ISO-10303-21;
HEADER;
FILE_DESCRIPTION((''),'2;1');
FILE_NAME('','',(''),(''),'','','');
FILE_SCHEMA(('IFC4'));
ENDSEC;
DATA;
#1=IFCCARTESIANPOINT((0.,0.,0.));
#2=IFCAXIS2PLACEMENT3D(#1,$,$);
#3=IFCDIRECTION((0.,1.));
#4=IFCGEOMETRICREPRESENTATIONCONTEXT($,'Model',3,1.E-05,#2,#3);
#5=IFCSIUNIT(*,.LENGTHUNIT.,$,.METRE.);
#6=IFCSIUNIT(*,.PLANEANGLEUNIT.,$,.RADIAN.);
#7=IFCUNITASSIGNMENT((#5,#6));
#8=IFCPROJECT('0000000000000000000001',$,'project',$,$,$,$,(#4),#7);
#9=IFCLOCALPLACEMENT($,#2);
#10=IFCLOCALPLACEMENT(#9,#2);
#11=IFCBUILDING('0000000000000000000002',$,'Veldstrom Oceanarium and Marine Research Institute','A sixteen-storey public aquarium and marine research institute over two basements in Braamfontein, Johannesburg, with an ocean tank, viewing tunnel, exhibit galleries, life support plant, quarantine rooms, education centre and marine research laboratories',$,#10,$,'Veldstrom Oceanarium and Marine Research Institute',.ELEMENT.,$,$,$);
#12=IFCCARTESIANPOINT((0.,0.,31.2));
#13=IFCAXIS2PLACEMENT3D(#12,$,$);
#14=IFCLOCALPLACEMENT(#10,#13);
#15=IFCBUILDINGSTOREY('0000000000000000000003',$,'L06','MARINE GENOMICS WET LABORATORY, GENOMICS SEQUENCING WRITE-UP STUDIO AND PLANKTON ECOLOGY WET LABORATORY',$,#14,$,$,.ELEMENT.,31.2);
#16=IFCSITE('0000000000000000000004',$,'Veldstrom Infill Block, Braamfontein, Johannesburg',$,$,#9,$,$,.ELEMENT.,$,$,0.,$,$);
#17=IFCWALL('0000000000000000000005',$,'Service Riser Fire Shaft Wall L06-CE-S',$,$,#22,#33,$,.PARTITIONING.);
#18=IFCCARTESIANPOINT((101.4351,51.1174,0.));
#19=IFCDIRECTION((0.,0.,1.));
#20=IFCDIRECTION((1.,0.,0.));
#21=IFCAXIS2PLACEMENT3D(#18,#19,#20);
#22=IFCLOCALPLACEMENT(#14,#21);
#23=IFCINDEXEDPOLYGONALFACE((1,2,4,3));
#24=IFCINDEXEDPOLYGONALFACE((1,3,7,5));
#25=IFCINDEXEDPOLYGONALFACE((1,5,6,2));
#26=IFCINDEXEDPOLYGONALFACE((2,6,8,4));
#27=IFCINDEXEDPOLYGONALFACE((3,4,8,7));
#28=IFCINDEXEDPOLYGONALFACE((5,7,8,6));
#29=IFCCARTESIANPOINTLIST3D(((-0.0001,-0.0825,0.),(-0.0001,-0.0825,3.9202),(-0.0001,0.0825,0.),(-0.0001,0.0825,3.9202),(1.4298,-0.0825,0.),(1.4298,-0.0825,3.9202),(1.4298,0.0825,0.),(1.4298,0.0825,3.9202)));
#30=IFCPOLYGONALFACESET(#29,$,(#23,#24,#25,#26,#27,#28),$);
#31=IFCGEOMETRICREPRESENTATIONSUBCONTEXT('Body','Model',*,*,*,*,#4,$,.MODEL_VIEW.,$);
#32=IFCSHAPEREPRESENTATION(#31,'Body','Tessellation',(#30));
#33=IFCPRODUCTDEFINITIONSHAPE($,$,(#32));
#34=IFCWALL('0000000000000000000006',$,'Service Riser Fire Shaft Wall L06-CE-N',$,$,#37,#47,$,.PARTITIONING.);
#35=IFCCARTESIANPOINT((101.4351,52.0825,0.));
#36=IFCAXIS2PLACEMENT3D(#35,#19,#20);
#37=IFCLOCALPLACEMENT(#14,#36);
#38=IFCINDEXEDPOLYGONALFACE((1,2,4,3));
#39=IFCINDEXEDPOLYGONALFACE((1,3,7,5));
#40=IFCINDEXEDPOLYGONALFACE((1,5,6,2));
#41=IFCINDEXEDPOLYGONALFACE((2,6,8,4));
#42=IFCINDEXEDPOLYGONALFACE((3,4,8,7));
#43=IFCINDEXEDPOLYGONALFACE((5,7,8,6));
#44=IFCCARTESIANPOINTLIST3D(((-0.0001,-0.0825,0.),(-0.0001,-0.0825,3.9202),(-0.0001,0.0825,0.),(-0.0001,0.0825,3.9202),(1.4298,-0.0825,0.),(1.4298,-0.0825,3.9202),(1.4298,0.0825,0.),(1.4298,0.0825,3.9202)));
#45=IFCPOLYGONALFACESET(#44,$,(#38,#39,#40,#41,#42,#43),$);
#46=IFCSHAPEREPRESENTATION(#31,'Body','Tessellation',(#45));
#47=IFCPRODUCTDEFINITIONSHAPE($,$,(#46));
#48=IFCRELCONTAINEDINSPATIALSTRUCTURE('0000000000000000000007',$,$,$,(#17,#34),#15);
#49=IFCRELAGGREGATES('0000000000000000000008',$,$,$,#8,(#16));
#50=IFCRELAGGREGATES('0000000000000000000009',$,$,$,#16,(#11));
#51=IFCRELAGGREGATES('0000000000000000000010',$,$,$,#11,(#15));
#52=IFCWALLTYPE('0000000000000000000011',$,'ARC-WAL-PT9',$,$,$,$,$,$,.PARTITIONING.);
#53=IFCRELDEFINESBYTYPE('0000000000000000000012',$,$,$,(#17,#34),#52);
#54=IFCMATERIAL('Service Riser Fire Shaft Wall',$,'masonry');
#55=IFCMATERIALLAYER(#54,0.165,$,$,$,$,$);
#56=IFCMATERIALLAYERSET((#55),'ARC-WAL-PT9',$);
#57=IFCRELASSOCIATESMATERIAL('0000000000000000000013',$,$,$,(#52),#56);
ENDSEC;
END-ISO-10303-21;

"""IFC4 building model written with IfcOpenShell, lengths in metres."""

from ifc_helpers import new_model, si_unit, direction, frame, frame_2d, origin, place, context, subcontext, project, spatial, rectangle, extrude, material, layer, layer_set, type_object, element, save


model = new_model("IFC4")

# Units and contexts
model_context = context("Model", 3, precision=1e-05, world=origin(), true_north=direction((0.0, 1.0)))
body_context = subcontext(model_context, "Body", "Model", "MODEL_VIEW")
ifc_project = project(units=[si_unit("LENGTHUNIT", "METRE"), si_unit("PLANEANGLEUNIT", "RADIAN")], contexts=[model_context])

# Site, building, storey
site_placement = place(None, origin())
site = spatial("IfcSite", under=ifc_project, at=site_placement, Name="Veldstrom Infill Block, Braamfontein, Johannesburg", CompositionType="ELEMENT", RefElevation=0.0)
building_placement = place(site_placement, origin())
building = spatial("IfcBuilding", under=site, at=building_placement, Name="Veldstrom Oceanarium and Marine Research Institute", Description="A sixteen-storey public aquarium and marine research institute over two basements in Braamfontein, Johannesburg, with an ocean tank, viewing tunnel, exhibit galleries, life support plant, quarantine rooms, education centre and marine research laboratories", LongName="Veldstrom Oceanarium and Marine Research Institute", CompositionType="ELEMENT")
storey_placement = place(building_placement, frame((0.0, 0.0, 31.2)))
storey = spatial("IfcBuildingStorey", under=building, at=storey_placement, Name="L06", Description="MARINE GENOMICS WET LABORATORY, GENOMICS SEQUENCING WRITE-UP STUDIO AND PLANKTON ECOLOGY WET LABORATORY", CompositionType="ELEMENT", Elevation=31.2)

# Walls
ifc_material_1 = material(Name="Service Riser Fire Shaft Wall", Category="masonry")
ifc_layer_1 = layer(ifc_material_1, 0.165)
ifc_layer_set_1 = layer_set([ifc_layer_1], Name="ARC-WAL-PT9")
wall_type_1 = type_object("IfcWallType", Name="ARC-WAL-PT9", PredefinedType="PARTITIONING", material=ifc_layer_set_1)
for number, where, z_axis, x_axis, name in (
    (1, (101.4351, 51.1174, 0.0), (0.0, 0.0, 1.0), (1.0, 0.0, 0.0), "Service Riser Fire Shaft Wall L06-CE-S"),
    (2, (101.4351, 52.0825, 0.0), (0.0, 0.0, 1.0), (1.0, 0.0, 0.0), "Service Riser Fire Shaft Wall L06-CE-N"),
):
    element("IfcWall", number, at=place(storey_placement, frame(where, z_axis=z_axis, x_axis=x_axis)), inside=storey, type_object=wall_type_1, Name=name, PredefinedType="PARTITIONING", context=body_context, shape_type="SweptSolid", body=[
        extrude(rectangle(XDim=1.4299, YDim=0.165, at=frame_2d((0.7148, 0.0))), origin(), (0.0, 0.0, 1.0), 3.9202),
    ])

save(model, "model.ifc")
